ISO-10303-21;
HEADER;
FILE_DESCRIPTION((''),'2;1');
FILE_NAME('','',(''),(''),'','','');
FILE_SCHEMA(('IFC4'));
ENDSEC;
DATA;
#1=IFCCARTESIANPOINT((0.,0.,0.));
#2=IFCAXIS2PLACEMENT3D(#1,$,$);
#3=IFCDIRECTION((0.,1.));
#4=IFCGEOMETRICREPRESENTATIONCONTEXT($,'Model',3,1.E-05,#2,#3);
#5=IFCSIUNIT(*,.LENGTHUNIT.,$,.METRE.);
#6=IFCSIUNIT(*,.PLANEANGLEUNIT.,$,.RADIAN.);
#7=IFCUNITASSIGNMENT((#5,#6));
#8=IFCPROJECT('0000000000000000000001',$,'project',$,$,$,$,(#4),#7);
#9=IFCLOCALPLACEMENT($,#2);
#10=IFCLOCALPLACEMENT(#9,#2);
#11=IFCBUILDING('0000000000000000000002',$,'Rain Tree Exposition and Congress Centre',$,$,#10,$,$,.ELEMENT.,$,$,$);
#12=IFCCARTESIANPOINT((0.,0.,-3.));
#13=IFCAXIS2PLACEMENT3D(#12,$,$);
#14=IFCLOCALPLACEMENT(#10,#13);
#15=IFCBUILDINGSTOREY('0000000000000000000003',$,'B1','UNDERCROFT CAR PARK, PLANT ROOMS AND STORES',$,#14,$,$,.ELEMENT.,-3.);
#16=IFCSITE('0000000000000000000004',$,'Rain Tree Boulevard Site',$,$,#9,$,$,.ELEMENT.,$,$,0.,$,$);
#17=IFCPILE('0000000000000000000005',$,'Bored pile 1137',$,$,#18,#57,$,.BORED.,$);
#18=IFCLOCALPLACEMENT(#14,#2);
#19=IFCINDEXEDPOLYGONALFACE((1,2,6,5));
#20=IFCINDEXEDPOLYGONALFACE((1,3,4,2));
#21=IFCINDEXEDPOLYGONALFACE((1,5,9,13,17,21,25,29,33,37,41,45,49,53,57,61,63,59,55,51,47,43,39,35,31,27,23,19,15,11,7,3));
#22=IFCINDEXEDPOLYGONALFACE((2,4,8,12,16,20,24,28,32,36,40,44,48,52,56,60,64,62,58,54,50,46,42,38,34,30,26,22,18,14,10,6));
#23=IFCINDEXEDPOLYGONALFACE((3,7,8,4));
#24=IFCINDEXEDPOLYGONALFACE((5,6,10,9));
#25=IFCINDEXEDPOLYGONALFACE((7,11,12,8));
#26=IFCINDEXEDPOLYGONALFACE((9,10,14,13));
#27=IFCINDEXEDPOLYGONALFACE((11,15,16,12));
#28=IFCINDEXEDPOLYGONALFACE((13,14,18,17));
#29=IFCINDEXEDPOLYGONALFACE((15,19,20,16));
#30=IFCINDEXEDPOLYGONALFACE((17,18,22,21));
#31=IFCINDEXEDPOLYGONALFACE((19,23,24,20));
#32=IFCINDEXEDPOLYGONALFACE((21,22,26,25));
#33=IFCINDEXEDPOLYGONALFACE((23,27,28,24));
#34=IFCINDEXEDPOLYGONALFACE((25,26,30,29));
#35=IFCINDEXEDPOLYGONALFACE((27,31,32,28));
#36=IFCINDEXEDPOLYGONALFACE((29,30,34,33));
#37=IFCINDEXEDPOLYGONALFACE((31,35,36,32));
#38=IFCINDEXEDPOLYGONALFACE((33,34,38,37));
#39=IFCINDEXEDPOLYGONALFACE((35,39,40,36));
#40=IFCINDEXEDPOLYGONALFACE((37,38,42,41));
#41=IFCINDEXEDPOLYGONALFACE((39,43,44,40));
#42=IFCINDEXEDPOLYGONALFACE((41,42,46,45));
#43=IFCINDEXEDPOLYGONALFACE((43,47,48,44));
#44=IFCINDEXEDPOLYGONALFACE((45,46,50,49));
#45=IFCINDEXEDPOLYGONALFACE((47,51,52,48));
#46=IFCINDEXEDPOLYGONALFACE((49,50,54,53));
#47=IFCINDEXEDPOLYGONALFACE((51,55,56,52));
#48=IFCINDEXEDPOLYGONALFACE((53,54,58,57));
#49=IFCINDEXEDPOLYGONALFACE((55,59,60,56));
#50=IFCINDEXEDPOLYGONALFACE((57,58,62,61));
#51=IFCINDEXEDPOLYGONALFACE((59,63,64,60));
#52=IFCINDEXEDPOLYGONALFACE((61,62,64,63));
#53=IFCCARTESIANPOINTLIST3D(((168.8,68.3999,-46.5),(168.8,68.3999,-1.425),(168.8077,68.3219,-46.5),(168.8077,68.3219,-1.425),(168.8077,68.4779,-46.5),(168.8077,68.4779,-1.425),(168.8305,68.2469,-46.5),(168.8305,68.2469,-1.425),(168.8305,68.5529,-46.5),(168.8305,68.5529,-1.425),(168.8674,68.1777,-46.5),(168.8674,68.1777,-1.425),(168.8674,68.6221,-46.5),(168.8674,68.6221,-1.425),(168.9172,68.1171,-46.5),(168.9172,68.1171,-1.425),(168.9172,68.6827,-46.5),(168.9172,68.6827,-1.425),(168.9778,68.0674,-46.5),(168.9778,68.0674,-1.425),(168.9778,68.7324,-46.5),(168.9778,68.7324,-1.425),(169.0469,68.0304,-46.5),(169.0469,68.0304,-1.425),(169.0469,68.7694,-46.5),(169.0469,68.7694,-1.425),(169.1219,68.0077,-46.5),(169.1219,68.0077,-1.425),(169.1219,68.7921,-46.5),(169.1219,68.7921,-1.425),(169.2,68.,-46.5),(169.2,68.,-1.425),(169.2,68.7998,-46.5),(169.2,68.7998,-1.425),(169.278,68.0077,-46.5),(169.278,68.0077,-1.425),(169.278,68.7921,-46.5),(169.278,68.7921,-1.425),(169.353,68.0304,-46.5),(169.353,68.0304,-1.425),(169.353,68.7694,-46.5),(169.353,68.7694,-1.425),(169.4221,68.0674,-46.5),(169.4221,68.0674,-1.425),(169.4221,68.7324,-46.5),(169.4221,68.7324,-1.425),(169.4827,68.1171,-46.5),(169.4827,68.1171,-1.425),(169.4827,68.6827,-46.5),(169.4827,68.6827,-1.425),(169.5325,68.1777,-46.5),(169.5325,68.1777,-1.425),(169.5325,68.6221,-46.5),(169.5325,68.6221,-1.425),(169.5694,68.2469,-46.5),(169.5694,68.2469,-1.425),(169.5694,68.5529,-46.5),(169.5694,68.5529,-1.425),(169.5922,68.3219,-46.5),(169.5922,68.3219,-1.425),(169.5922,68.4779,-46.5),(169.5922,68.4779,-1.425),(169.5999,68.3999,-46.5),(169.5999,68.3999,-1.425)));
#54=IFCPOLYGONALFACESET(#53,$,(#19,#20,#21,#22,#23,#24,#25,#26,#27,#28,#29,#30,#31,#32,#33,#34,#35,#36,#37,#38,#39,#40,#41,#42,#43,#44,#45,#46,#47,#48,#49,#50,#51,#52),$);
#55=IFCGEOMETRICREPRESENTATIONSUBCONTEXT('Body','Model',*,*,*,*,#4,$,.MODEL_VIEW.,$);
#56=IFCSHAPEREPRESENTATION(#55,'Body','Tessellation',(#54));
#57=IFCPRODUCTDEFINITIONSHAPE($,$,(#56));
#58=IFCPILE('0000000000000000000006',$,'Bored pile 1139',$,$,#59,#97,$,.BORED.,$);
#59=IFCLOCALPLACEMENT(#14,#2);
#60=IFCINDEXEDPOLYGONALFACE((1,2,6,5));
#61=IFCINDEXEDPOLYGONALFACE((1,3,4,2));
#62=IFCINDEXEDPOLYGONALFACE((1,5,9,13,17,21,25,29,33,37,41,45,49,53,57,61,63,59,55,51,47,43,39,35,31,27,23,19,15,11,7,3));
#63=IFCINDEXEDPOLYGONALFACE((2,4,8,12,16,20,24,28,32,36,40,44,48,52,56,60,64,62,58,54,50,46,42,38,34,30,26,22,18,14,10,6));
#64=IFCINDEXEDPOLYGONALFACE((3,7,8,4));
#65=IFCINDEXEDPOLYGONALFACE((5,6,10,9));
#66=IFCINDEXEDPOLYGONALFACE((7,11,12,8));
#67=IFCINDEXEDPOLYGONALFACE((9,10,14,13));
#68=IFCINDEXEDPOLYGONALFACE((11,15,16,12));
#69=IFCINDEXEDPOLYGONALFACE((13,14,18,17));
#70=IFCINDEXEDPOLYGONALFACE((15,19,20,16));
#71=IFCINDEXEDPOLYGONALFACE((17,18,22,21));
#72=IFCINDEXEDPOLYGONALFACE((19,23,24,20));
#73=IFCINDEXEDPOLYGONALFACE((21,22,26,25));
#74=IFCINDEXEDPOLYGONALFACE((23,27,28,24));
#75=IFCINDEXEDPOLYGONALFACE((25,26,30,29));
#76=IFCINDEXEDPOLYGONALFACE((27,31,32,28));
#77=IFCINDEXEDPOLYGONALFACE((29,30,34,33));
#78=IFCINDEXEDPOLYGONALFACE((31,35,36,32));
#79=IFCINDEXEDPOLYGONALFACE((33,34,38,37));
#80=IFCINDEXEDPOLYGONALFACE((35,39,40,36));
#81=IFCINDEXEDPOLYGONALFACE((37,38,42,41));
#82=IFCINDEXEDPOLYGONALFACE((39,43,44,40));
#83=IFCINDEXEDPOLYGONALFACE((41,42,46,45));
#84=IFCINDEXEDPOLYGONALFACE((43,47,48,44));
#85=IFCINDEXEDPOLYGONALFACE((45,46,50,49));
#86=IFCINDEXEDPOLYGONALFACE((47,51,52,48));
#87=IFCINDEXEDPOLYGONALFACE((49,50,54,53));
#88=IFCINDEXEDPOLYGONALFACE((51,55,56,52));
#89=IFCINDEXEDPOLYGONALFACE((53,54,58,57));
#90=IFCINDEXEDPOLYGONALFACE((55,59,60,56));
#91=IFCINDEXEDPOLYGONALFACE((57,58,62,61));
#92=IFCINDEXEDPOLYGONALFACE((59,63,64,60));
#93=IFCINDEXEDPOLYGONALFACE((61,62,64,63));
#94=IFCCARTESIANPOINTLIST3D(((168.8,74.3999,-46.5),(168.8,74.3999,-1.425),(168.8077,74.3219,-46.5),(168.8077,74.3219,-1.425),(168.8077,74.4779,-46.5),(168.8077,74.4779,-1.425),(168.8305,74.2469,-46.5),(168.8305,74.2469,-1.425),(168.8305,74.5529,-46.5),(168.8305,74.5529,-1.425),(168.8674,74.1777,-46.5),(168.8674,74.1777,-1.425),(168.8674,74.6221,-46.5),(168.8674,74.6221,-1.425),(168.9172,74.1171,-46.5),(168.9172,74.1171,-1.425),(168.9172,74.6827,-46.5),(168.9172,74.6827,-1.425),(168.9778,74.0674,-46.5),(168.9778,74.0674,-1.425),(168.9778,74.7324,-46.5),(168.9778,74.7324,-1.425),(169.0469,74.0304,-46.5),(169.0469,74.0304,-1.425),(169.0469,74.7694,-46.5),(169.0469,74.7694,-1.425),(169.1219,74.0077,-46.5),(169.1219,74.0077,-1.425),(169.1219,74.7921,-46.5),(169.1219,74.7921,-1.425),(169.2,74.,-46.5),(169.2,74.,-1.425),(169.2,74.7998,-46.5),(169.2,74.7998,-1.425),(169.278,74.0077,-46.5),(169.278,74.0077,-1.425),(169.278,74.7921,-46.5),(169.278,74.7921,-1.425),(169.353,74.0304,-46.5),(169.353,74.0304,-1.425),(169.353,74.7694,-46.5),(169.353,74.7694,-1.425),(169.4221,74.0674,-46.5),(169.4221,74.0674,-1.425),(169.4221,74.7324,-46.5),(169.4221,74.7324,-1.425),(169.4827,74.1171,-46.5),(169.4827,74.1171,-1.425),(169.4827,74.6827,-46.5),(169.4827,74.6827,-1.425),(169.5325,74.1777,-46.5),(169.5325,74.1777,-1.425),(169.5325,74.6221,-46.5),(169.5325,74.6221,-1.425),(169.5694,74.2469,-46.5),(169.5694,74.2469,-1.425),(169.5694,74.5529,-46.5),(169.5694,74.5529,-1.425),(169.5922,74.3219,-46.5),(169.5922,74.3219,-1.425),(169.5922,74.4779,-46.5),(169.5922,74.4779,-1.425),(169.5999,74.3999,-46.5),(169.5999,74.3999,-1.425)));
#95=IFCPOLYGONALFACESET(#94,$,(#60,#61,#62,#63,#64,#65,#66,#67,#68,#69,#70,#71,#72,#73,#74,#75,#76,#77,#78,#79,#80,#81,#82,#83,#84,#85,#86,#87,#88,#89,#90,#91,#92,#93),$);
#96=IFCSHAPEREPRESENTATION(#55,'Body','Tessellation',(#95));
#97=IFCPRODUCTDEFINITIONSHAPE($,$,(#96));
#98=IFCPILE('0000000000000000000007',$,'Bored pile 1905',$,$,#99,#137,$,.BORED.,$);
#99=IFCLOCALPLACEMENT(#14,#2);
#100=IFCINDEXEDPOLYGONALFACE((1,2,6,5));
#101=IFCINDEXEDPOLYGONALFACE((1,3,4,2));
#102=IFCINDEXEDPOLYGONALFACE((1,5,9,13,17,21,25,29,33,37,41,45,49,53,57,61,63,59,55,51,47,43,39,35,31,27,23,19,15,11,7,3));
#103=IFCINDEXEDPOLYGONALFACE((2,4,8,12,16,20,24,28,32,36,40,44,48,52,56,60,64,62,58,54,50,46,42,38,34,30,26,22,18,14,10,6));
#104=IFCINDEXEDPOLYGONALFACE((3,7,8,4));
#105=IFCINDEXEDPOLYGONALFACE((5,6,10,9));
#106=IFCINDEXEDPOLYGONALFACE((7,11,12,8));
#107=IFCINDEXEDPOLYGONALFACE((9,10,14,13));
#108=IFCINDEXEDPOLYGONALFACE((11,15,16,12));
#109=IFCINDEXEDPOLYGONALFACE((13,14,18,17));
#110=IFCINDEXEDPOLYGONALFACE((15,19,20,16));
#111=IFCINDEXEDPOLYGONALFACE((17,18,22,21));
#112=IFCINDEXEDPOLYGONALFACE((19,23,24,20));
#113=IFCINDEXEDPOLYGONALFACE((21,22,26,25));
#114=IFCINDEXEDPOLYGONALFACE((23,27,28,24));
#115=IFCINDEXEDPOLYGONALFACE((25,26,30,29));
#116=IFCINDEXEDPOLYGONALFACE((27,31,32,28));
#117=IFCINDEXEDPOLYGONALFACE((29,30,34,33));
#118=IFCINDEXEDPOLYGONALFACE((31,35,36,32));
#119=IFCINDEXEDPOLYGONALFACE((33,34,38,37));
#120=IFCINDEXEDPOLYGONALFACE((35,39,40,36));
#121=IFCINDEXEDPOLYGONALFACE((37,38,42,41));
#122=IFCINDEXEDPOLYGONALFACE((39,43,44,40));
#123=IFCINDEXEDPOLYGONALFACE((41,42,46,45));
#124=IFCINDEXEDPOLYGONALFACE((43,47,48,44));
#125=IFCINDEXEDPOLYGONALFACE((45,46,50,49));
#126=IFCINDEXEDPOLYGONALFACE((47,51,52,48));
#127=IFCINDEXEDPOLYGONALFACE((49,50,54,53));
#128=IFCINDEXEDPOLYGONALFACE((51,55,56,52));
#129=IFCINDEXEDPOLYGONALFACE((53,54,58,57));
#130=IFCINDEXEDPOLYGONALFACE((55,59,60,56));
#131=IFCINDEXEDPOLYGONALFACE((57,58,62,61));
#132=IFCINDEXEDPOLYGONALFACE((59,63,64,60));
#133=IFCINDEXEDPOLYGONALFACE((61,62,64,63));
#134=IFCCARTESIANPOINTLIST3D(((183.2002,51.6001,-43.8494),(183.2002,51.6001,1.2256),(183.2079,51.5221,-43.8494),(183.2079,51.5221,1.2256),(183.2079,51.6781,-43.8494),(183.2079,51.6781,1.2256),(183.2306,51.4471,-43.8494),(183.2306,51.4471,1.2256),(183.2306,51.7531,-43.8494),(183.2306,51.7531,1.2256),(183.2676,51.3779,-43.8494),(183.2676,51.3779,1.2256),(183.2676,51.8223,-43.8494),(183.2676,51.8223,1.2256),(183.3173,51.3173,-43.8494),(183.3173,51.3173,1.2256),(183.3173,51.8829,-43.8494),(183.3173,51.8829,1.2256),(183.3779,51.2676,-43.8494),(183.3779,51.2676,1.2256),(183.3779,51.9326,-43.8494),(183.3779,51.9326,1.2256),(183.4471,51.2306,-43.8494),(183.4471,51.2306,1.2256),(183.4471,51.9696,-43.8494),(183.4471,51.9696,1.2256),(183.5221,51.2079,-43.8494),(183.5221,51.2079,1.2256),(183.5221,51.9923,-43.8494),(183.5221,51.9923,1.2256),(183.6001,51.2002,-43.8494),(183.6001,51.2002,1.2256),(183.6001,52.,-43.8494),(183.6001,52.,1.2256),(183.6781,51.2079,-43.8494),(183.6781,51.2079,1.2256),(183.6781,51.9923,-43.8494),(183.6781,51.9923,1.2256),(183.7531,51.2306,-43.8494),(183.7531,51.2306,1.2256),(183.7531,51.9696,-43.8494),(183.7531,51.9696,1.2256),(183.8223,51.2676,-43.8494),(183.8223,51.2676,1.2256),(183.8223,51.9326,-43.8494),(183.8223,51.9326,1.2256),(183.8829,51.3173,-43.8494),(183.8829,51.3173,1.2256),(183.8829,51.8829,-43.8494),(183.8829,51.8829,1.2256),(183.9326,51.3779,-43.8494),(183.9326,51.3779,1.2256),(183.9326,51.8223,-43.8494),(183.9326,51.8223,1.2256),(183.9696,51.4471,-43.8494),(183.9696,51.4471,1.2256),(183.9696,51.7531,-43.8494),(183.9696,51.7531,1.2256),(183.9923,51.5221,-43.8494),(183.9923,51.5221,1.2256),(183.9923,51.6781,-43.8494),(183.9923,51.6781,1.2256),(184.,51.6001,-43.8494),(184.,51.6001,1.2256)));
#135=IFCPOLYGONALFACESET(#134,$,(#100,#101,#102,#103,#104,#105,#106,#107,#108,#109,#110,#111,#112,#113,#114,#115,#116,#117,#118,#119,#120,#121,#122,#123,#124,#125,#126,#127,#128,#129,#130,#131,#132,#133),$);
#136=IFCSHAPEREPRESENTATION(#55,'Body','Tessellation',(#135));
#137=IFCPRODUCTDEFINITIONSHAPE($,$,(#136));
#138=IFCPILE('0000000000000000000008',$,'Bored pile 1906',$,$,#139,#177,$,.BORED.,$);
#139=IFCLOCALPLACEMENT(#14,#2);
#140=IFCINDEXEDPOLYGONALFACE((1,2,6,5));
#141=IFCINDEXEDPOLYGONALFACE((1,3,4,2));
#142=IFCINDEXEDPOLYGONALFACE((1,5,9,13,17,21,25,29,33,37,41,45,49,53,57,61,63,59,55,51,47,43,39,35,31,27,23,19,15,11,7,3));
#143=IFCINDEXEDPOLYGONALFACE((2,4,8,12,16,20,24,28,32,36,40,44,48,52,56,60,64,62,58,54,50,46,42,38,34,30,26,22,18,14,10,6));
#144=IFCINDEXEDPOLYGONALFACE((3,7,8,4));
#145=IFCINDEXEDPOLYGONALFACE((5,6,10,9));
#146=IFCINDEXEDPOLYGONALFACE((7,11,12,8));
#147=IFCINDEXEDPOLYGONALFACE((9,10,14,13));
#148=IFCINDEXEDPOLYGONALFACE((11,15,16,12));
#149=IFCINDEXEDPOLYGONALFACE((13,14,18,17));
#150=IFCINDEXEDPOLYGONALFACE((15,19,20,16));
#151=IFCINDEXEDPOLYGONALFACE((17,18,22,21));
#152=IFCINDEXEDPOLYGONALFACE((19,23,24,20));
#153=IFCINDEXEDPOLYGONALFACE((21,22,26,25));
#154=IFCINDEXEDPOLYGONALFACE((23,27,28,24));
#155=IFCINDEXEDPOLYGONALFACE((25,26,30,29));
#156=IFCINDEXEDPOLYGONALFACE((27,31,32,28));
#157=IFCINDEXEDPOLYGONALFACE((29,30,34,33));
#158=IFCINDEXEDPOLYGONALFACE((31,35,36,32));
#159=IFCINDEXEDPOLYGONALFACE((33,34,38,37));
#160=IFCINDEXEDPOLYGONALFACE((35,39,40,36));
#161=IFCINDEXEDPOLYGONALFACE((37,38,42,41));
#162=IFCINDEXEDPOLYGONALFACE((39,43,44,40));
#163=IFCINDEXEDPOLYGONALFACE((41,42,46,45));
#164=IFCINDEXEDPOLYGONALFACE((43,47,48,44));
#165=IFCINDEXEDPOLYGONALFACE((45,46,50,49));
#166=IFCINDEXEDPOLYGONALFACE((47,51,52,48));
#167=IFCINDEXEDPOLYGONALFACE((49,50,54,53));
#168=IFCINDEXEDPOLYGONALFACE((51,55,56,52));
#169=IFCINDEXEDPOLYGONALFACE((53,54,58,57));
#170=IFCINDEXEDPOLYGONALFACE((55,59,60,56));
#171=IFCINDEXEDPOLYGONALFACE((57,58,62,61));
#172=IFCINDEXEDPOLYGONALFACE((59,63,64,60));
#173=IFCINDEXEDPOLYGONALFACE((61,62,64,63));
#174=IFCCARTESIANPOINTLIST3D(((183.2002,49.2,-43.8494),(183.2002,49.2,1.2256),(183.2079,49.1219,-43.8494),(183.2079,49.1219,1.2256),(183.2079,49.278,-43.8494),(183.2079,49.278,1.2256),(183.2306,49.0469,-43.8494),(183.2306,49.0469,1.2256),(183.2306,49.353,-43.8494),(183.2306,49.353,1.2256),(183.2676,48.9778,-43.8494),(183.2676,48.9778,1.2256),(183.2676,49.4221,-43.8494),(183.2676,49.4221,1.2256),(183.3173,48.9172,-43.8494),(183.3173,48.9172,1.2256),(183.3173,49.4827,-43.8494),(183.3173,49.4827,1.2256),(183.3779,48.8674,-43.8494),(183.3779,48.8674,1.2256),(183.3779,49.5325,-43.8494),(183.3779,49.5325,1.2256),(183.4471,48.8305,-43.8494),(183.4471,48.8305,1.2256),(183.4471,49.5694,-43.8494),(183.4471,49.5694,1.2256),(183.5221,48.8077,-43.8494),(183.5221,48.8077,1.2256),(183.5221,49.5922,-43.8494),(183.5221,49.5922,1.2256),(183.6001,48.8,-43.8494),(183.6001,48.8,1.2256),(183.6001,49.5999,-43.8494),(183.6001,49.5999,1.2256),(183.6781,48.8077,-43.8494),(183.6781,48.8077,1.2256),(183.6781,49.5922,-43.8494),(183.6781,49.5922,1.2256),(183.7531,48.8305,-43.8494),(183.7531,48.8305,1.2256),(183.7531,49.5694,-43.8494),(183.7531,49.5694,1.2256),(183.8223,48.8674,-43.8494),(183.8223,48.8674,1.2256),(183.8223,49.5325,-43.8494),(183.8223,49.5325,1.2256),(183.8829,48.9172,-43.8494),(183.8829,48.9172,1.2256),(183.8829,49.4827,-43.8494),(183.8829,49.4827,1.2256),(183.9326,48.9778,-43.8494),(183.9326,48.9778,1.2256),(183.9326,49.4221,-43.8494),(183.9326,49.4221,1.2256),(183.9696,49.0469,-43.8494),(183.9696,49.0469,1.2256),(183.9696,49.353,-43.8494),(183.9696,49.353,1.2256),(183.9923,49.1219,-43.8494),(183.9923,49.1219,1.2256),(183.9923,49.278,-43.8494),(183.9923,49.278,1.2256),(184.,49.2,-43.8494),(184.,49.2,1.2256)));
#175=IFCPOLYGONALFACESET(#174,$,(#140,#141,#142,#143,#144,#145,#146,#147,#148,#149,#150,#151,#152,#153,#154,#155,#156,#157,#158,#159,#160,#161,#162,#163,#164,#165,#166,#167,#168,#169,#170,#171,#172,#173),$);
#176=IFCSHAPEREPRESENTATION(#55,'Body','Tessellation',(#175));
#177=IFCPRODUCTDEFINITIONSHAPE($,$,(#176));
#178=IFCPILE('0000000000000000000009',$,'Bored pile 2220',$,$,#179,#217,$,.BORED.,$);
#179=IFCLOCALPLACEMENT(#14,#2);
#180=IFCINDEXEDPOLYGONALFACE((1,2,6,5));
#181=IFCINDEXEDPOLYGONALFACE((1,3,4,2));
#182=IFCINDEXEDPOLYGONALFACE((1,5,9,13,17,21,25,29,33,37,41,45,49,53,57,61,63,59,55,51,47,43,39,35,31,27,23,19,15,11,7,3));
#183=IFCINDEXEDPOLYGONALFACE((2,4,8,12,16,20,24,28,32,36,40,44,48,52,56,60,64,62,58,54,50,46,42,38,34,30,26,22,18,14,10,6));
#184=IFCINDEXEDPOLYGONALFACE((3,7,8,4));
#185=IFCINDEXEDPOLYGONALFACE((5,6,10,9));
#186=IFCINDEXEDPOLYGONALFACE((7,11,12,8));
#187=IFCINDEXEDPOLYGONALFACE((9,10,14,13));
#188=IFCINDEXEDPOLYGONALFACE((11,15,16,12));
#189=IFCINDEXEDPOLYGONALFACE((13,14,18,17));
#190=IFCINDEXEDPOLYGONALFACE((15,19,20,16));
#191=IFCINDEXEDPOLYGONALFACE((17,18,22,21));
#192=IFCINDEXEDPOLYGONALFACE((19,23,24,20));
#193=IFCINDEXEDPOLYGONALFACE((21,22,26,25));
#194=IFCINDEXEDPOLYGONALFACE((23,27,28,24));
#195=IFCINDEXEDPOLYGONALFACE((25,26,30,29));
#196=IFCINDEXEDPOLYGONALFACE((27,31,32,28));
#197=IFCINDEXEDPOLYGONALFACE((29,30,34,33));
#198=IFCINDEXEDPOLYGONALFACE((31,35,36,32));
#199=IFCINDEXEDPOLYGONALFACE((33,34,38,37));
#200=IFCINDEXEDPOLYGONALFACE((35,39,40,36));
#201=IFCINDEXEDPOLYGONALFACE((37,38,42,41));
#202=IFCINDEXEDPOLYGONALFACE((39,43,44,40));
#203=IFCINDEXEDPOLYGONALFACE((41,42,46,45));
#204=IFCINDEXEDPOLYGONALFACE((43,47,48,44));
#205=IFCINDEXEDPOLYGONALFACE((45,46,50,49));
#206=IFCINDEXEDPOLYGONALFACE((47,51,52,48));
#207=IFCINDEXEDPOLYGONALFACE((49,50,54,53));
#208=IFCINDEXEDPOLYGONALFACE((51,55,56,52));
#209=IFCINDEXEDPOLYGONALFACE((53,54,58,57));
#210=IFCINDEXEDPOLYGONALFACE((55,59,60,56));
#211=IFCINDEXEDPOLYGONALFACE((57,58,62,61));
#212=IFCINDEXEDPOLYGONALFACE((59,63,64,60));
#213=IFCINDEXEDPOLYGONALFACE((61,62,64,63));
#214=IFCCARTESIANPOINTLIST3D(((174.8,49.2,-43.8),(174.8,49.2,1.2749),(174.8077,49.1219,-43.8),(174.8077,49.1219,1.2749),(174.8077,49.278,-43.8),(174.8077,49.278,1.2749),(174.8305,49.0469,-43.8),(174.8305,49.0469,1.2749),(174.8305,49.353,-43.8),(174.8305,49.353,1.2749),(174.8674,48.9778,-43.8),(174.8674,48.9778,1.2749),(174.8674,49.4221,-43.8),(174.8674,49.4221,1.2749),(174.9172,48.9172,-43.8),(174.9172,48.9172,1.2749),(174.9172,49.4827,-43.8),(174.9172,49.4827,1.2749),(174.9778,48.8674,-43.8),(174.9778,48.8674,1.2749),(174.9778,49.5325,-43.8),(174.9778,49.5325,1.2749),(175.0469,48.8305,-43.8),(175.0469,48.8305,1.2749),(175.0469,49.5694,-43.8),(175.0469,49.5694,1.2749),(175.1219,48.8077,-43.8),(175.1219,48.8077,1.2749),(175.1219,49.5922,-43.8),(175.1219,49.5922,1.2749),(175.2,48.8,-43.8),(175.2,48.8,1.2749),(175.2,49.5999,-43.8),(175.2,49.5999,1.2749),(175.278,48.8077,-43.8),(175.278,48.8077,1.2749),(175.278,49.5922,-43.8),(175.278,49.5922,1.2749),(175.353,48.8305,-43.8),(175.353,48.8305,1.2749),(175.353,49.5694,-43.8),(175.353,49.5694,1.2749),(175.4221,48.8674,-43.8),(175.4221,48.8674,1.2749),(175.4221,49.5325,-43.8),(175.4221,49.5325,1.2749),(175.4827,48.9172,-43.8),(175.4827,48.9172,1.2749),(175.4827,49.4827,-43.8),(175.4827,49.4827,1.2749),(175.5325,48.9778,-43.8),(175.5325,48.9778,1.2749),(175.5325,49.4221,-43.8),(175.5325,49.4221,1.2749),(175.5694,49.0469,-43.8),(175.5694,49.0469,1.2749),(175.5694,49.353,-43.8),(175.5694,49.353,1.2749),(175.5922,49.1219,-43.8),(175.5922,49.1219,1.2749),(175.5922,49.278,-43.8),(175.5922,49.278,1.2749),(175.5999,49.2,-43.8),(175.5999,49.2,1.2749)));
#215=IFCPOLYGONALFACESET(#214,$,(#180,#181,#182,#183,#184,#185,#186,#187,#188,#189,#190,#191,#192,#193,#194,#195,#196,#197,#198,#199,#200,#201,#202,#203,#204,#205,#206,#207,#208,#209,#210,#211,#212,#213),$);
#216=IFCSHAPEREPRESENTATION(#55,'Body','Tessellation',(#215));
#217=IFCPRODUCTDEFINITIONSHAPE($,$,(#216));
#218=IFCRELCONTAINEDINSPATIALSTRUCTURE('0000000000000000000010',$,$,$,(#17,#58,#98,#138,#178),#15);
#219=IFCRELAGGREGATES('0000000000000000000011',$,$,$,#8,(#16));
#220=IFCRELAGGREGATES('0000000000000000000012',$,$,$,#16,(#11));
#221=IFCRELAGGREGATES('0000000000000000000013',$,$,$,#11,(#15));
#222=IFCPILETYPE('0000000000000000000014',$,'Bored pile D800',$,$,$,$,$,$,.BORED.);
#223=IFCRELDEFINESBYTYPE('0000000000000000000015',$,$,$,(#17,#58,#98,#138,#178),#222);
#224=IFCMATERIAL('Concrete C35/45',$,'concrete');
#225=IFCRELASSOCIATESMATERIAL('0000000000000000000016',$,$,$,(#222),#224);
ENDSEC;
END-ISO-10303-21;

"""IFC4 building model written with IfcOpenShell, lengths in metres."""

from ifc_helpers import new_model, si_unit, direction, frame, origin, origin_2d, place, context, subcontext, project, spatial, circle, extrude, material, material_profile, profile_set, type_object, element, save


model = new_model("IFC4")

# Units and contexts
model_context = context("Model", 3, precision=1e-05, world=origin(), true_north=direction((0.0, 1.0)))
body_context = subcontext(model_context, "Body", "Model", "MODEL_VIEW")
ifc_project = project(units=[si_unit("LENGTHUNIT", "METRE"), si_unit("PLANEANGLEUNIT", "RADIAN")], contexts=[model_context])

# Site, building, storey
site_placement = place(None, origin())
site = spatial("IfcSite", under=ifc_project, at=site_placement, Name="Rain Tree Boulevard Site", CompositionType="ELEMENT", RefElevation=0.0)
building_placement = place(site_placement, origin())
building = spatial("IfcBuilding", under=site, at=building_placement, Name="Rain Tree Exposition and Congress Centre", CompositionType="ELEMENT")
storey_placement = place(building_placement, frame((0.0, 0.0, -3.0)))
storey = spatial("IfcBuildingStorey", under=building, at=storey_placement, Name="B1", Description="UNDERCROFT CAR PARK, PLANT ROOMS AND STORES", CompositionType="ELEMENT", Elevation=-3.0)

# Piles
ifc_material_1 = material(Name="Concrete C35/45", Category="concrete")
ifc_material_profile_1 = material_profile(ifc_material_1, circle(Radius=0.3999, at=origin_2d()), Name="D800")
ifc_profile_set_1 = profile_set([ifc_material_profile_1], Name="Concrete C35/45")
pile_type = type_object("IfcPileType", Name="Bored pile D800", PredefinedType="BORED", material=ifc_profile_set_1)
for number, where, z_axis, x_axis, name in (
    (1, (169.2, 68.3999, -1.425), (0.0, 0.0, -1.0), (1.0, 0.0, 0.0), "Bored pile 1137"),
    (2, (169.2, 74.3999, -1.425), (0.0, 0.0, -1.0), (1.0, 0.0, 0.0), "Bored pile 1139"),
    (3, (183.6001, 51.6001, 1.2256), (0.0, 0.0, -1.0), (1.0, 0.0, 0.0), "Bored pile 1905"),
    (4, (183.6001, 49.2, 1.2256), (0.0, 0.0, -1.0), (1.0, 0.0, 0.0), "Bored pile 1906"),
    (5, (175.2, 49.2, 1.2749), (0.0, 0.0, -1.0), (1.0, 0.0, 0.0), "Bored pile 2220"),
):
    element("IfcPile", number, at=place(storey_placement, frame(where, z_axis=z_axis, x_axis=x_axis)), inside=storey, type_object=pile_type, Name=name, PredefinedType="BORED", context=body_context, shape_type="SweptSolid", body=[
        extrude(circle(Radius=0.3999, at=origin_2d()), origin(), (0.0, 0.0, 1.0), 45.075),
    ])

save(model, "model.ifc")
